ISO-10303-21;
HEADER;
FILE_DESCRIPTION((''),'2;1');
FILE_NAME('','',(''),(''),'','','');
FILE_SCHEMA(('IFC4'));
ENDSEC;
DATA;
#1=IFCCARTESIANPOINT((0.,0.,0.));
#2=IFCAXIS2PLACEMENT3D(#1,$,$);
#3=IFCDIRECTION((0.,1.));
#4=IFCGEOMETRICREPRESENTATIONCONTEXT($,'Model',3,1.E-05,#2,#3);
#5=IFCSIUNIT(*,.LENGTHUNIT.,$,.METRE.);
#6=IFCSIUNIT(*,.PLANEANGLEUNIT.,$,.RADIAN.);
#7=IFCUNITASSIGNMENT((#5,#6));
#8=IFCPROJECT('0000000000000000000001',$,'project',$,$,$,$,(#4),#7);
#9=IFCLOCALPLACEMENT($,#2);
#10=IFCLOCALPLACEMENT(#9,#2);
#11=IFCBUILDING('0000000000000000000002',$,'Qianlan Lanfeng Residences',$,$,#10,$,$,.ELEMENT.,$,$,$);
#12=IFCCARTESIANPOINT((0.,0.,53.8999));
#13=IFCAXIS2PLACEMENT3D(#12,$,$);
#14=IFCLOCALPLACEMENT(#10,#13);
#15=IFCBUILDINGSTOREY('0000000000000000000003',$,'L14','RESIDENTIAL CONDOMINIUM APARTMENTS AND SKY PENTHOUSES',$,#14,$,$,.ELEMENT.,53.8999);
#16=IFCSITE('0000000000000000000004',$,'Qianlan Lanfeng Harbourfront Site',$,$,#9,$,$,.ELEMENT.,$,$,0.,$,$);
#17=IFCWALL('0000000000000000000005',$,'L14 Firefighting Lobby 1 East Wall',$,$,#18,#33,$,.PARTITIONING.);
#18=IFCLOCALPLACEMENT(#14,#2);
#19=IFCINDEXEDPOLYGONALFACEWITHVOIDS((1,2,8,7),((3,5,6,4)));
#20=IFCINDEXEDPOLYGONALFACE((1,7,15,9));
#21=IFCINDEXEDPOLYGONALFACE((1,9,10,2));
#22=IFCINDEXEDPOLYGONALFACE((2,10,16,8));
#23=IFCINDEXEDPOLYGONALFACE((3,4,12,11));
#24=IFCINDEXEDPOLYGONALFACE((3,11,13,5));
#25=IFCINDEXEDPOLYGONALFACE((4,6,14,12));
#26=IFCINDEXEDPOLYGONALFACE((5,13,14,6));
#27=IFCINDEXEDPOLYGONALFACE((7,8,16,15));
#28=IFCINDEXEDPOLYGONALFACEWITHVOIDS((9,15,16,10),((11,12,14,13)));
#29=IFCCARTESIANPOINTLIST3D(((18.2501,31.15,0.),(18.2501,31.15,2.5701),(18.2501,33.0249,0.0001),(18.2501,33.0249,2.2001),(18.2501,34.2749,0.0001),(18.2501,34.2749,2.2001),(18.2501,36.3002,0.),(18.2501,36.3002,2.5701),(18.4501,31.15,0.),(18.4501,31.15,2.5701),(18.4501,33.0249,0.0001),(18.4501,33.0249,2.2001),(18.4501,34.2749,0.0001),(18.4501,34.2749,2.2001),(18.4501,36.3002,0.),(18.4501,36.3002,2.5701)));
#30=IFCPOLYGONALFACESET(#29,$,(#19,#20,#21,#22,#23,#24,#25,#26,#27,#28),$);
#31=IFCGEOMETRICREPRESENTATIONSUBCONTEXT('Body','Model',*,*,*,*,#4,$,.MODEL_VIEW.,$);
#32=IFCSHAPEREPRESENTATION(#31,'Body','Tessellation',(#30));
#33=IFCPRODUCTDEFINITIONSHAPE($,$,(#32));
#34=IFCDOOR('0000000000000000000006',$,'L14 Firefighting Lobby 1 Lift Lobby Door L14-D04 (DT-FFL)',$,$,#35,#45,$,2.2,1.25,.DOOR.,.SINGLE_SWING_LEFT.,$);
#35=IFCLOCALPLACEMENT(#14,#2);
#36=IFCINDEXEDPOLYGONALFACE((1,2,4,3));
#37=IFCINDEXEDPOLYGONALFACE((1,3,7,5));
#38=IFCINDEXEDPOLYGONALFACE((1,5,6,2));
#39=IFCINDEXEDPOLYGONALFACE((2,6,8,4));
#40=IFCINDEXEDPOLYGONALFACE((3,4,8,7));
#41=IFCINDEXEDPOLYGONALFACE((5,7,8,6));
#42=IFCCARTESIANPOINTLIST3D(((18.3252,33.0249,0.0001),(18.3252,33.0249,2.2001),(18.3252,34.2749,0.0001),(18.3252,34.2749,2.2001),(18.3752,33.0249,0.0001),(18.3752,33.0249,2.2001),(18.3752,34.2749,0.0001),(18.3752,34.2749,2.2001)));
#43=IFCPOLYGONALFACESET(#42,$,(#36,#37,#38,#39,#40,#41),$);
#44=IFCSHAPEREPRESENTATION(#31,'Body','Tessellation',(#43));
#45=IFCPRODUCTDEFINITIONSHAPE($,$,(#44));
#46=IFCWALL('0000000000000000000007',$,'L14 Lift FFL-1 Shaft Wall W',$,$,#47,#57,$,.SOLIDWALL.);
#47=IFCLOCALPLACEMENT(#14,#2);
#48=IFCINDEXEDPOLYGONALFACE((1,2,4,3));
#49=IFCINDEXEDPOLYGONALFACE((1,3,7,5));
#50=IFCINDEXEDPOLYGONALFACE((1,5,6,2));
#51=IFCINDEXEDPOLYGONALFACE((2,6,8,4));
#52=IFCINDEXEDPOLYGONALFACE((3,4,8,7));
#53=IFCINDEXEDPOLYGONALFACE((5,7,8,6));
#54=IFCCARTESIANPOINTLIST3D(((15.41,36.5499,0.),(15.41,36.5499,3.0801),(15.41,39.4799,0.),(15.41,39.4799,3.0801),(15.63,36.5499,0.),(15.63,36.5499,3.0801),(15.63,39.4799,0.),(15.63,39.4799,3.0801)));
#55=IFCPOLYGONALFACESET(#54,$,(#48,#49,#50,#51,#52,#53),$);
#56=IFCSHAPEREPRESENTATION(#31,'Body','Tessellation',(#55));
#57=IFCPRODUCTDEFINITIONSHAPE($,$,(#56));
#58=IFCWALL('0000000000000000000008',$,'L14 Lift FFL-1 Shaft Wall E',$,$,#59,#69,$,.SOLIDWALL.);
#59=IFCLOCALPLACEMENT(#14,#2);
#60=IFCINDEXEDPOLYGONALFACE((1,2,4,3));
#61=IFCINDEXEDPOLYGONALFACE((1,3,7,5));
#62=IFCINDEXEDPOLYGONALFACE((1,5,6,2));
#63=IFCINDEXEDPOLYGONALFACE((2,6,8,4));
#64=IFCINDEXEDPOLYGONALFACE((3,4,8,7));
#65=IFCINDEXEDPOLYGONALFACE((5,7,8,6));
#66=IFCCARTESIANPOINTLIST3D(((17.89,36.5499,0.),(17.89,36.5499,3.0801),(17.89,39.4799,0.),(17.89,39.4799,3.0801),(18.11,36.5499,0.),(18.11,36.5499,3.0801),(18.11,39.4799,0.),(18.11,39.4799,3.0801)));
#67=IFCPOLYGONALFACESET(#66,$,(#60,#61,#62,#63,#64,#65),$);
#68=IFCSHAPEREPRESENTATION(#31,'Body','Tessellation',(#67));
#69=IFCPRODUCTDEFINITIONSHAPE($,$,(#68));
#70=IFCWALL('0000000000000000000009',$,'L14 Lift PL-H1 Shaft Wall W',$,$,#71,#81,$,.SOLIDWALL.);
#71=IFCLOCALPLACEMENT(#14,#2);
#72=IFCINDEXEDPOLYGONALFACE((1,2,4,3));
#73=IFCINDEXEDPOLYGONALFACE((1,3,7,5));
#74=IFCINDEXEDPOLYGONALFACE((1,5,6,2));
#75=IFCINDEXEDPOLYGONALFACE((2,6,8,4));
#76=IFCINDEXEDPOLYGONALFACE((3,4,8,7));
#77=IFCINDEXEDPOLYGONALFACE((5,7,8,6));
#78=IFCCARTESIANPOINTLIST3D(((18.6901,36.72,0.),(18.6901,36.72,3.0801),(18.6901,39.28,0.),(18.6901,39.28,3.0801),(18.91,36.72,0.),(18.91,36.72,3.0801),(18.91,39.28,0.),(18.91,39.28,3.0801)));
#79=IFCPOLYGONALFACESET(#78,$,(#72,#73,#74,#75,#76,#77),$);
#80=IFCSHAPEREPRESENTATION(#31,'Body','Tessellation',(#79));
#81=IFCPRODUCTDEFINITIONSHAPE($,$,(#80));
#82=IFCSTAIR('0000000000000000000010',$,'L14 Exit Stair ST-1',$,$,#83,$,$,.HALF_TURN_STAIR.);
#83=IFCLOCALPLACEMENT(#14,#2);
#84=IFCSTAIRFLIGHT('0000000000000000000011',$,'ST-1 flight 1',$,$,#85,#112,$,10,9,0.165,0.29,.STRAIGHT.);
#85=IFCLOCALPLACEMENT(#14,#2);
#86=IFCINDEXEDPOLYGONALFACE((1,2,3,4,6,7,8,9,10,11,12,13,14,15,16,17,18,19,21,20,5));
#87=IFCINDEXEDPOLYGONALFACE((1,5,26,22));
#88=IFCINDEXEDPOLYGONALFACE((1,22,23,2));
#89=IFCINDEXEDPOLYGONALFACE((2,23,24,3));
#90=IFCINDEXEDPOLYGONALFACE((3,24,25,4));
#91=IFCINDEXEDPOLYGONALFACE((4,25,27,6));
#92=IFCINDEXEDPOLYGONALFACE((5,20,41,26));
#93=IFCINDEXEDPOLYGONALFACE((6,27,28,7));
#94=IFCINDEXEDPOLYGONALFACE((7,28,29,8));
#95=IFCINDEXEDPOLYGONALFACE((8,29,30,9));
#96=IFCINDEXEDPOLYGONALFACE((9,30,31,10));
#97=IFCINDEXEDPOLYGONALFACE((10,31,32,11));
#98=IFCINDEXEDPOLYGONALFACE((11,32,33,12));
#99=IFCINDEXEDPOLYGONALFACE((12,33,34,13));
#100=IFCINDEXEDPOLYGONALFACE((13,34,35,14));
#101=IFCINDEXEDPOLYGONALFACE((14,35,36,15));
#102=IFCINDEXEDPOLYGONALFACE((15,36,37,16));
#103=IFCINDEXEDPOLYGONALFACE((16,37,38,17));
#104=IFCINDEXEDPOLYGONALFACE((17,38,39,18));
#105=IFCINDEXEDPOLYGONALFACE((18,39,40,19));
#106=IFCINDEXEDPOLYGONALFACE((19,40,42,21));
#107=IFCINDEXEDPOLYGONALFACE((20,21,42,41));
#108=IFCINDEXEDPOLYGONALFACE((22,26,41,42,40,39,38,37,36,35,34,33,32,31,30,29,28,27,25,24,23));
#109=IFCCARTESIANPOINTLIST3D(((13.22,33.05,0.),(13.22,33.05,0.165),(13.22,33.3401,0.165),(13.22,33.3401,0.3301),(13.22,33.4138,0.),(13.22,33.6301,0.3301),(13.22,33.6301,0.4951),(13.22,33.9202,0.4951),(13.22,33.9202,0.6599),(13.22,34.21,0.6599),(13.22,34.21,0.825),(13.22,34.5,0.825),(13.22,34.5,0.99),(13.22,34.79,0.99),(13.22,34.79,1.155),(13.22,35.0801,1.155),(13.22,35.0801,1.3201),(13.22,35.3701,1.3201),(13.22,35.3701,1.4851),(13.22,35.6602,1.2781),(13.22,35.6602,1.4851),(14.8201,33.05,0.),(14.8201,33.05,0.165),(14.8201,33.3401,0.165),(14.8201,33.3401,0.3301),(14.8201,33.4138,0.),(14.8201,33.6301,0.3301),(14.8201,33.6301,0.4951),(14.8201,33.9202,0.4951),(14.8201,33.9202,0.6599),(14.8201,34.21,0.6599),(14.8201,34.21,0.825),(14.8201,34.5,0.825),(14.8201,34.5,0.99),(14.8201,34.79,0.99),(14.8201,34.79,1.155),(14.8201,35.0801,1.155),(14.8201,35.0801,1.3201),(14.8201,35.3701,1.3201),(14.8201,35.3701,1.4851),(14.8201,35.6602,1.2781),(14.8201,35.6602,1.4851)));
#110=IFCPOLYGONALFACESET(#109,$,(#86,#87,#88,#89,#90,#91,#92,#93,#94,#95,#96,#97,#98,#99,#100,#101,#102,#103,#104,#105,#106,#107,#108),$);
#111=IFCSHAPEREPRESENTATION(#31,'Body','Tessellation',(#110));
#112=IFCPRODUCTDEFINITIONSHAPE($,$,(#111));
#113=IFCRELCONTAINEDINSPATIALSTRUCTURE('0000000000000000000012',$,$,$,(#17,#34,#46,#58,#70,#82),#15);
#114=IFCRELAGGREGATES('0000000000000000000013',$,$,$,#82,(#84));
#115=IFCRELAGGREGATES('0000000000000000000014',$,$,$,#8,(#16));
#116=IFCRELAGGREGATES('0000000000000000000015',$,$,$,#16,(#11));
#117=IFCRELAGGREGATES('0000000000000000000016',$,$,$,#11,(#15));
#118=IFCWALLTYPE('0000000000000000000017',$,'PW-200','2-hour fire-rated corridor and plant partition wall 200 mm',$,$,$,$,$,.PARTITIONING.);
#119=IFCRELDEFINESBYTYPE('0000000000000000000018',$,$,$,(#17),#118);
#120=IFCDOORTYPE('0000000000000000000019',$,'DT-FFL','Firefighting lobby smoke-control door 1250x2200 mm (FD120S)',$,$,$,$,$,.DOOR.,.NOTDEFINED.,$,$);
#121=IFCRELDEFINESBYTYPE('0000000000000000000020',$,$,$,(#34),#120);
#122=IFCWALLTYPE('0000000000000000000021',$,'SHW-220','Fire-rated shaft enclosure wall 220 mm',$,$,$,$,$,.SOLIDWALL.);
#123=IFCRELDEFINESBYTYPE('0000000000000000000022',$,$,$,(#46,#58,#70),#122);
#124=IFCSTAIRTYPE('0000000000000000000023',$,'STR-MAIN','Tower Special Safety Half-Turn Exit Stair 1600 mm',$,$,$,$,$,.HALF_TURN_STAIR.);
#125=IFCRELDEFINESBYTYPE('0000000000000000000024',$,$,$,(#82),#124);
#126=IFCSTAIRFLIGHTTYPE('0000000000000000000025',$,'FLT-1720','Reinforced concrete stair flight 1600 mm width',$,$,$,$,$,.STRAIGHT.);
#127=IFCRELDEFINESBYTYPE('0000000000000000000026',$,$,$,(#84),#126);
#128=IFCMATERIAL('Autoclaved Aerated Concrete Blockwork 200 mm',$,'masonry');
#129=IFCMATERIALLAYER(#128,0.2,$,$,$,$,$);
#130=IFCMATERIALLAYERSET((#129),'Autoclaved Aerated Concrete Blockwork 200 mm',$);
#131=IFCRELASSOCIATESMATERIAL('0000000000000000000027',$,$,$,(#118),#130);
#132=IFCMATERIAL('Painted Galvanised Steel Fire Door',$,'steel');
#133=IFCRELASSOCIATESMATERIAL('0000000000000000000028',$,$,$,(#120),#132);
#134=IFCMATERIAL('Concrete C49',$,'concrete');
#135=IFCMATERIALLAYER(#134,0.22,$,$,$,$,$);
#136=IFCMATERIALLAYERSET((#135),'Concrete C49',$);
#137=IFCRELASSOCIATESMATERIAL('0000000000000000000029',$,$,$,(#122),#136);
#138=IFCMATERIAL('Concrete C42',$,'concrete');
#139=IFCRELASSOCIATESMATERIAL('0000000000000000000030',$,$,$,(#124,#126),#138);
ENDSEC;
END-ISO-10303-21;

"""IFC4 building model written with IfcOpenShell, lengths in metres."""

from ifc_helpers import new_model, si_unit, direction, frame, frame_2d, origin, place, context, subcontext, project, spatial, polyline, rectangle, outline, extrude, material, layer, layer_set, type_object, element, fill, aggregate, save


model = new_model("IFC4")

# Units and contexts
model_context = context("Model", 3, precision=1e-05, world=origin(), true_north=direction((0.0, 1.0)))
body_context = subcontext(model_context, "Body", "Model", "MODEL_VIEW")
ifc_project = project(units=[si_unit("LENGTHUNIT", "METRE"), si_unit("PLANEANGLEUNIT", "RADIAN")], contexts=[model_context])

# Site, building, storey
site_placement = place(None, origin())
site = spatial("IfcSite", under=ifc_project, at=site_placement, Name="Qianlan Lanfeng Harbourfront Site", CompositionType="ELEMENT", RefElevation=0.0)
building_placement = place(site_placement, origin())
building = spatial("IfcBuilding", under=site, at=building_placement, Name="Qianlan Lanfeng Residences", CompositionType="ELEMENT")
storey_placement = place(building_placement, frame((0.0, 0.0, 53.8999)))
storey = spatial("IfcBuildingStorey", under=building, at=storey_placement, Name="L14", Description="RESIDENTIAL CONDOMINIUM APARTMENTS AND SKY PENTHOUSES", CompositionType="ELEMENT", Elevation=53.8999)

# Wall, opening, door
ifc_material_1 = material(Name="Autoclaved Aerated Concrete Blockwork 200 mm", Category="masonry")
ifc_layer_1 = layer(ifc_material_1, 0.2)
ifc_layer_set_1 = layer_set([ifc_layer_1], Name="Autoclaved Aerated Concrete Blockwork 200 mm")
wall_type_1 = type_object("IfcWallType", Name="PW-200", Description="2-hour fire-rated corridor and plant partition wall 200 mm", PredefinedType="PARTITIONING", material=ifc_layer_set_1)
wall_1_placement = place(storey_placement, frame((18.3501, 31.1499, 0.0), z_axis=(0.0, 0.0, 1.0), x_axis=(0.0, 1.0, 0.0)))
wall_1 = element("IfcWall", 1, at=wall_1_placement, inside=storey, type_object=wall_type_1, Name="L14 Firefighting Lobby 1 East Wall", PredefinedType="PARTITIONING", context=body_context, shape_type="SweptSolid", body=[
    extrude(rectangle(XDim=5.1501, YDim=0.2, at=frame_2d((2.5752, 0.0))), origin(), (0.0, 0.0, 1.0), 2.5701),
])
opening_1_placement = place(wall_1_placement, frame((1.875, 0.0, 0.0)))
opening_1 = element("IfcOpeningElement", 2, at=opening_1_placement, cuts=wall_1, PredefinedType="OPENING", context=body_context, shape_type="SweptSolid", body=[
    extrude(rectangle(XDim=1.25, YDim=2.2, at=frame_2d((0.625, 1.1001))), frame((0.0, 0.1099, 0.0), z_axis=(0.0, -1.0, 0.0), x_axis=(1.0, 0.0, 0.0)), (0.0, 0.0, 1.0), 0.22),
])
ifc_material_2 = material(Name="Painted Galvanised Steel Fire Door", Category="steel")
door_type_1 = type_object("IfcDoorType", Name="DT-FFL", Description="Firefighting lobby smoke-control door 1250x2200 mm (FD120S)", OperationType="NOTDEFINED", PredefinedType="DOOR", material=ifc_material_2)
door_1_placement = place(opening_1_placement, origin())
door_1 = element("IfcDoor", 3, at=door_1_placement, inside=storey, type_object=door_type_1, Name="L14 Firefighting Lobby 1 Lift Lobby Door L14-D04 (DT-FFL)", OperationType="SINGLE_SWING_LEFT", OverallHeight=2.2, OverallWidth=1.25, PredefinedType="DOOR", context=body_context, shape_type="SweptSolid", body=[
    extrude(rectangle(XDim=1.25, YDim=2.2, at=frame_2d((0.625, 1.1001))), frame((0.0, 0.0249, 0.0), z_axis=(0.0, -1.0, 0.0), x_axis=(1.0, 0.0, 0.0)), (0.0, 0.0, 1.0), 0.05),
])
fill(opening_1, door_1)

# Walls
ifc_material_3 = material(Name="Concrete C49", Category="concrete")
ifc_layer_2 = layer(ifc_material_3, 0.22)
ifc_layer_set_2 = layer_set([ifc_layer_2], Name="Concrete C49")
wall_type_2 = type_object("IfcWallType", Name="SHW-220", Description="Fire-rated shaft enclosure wall 220 mm", PredefinedType="SOLIDWALL", material=ifc_layer_set_2)
for number, where, z_axis, x_axis, name in (
    (4, (15.52, 36.55, 0.0), (0.0, 0.0, 1.0), (0.0, 1.0, 0.0), "L14 Lift FFL-1 Shaft Wall W"),
    (5, (18.0, 36.55, 0.0), (0.0, 0.0, 1.0), (0.0, 1.0, 0.0), "L14 Lift FFL-1 Shaft Wall E"),
):
    element("IfcWall", number, at=place(storey_placement, frame(where, z_axis=z_axis, x_axis=x_axis)), inside=storey, type_object=wall_type_2, Name=name, PredefinedType="SOLIDWALL", context=body_context, shape_type="SweptSolid", body=[
        extrude(rectangle(XDim=2.9299, YDim=0.22, at=frame_2d((1.4648, 0.0))), origin(), (0.0, 0.0, 1.0), 3.0801),
    ])
wall_2_placement = place(storey_placement, frame((18.8, 36.72, 0.0), z_axis=(0.0, 0.0, 1.0), x_axis=(0.0, 1.0, 0.0)))
element("IfcWall", 6, at=wall_2_placement, inside=storey, type_object=wall_type_2, Name="L14 Lift PL-H1 Shaft Wall W", PredefinedType="SOLIDWALL", context=body_context, shape_type="SweptSolid", body=[
    extrude(rectangle(XDim=2.5601, YDim=0.22, at=frame_2d((1.28, 0.0))), origin(), (0.0, 0.0, 1.0), 3.0801),
])

# Stair, stair flight
ifc_material_4 = material(Name="Concrete C42", Category="concrete")
stair_type = type_object("IfcStairType", Name="STR-MAIN", Description="Tower Special Safety Half-Turn Exit Stair 1600 mm", PredefinedType="HALF_TURN_STAIR", material=ifc_material_4)
stair_placement = place(storey_placement, origin())
stair = element("IfcStair", 7, at=stair_placement, inside=storey, type_object=stair_type, Name="L14 Exit Stair ST-1", PredefinedType="HALF_TURN_STAIR")
stair_flight_type = type_object("IfcStairFlightType", Name="FLT-1720", Description="Reinforced concrete stair flight 1600 mm width", PredefinedType="STRAIGHT", material=ifc_material_4)
stair_flight_placement = place(storey_placement, frame((14.02, 33.05, 0.0), z_axis=(0.0, 0.0, 1.0), x_axis=(0.0, 1.0, 0.0)))
stair_flight = element("IfcStairFlight", 8, at=stair_flight_placement, type_object=stair_flight_type, Name="ST-1 flight 1", NumberOfRisers=10, NumberOfTreads=9, PredefinedType="STRAIGHT", RiserHeight=0.165, TreadLength=0.29, context=body_context, shape_type="SweptSolid", body=[
    extrude(outline(polyline([(0.0, 0.0), (0.0, 0.165), (0.29, 0.165), (0.29, 0.3301), (0.5801, 0.3301), (0.5801, 0.4951), (0.8701, 0.4951), (0.8701, 0.6599), (1.1599, 0.6599), (1.1599, 0.825), (1.45, 0.825), (1.45, 0.99), (1.74, 0.99), (1.74, 1.155), (2.03, 1.155), (2.03, 1.3201), (2.3201, 1.3201), (2.3201, 1.4851), (2.6101, 1.4851), (2.6101, 1.6499), (2.6101, 1.2781), (0.3638, 0.0), (0.0, 0.0)])), frame((0.0, 0.8, 0.0), z_axis=(0.0, -1.0, 0.0), x_axis=(1.0, 0.0, 0.0)), (0.0, 0.0, 1.0), 1.6001),
])
aggregate(stair, [stair_flight])

save(model, "model.ifc")
